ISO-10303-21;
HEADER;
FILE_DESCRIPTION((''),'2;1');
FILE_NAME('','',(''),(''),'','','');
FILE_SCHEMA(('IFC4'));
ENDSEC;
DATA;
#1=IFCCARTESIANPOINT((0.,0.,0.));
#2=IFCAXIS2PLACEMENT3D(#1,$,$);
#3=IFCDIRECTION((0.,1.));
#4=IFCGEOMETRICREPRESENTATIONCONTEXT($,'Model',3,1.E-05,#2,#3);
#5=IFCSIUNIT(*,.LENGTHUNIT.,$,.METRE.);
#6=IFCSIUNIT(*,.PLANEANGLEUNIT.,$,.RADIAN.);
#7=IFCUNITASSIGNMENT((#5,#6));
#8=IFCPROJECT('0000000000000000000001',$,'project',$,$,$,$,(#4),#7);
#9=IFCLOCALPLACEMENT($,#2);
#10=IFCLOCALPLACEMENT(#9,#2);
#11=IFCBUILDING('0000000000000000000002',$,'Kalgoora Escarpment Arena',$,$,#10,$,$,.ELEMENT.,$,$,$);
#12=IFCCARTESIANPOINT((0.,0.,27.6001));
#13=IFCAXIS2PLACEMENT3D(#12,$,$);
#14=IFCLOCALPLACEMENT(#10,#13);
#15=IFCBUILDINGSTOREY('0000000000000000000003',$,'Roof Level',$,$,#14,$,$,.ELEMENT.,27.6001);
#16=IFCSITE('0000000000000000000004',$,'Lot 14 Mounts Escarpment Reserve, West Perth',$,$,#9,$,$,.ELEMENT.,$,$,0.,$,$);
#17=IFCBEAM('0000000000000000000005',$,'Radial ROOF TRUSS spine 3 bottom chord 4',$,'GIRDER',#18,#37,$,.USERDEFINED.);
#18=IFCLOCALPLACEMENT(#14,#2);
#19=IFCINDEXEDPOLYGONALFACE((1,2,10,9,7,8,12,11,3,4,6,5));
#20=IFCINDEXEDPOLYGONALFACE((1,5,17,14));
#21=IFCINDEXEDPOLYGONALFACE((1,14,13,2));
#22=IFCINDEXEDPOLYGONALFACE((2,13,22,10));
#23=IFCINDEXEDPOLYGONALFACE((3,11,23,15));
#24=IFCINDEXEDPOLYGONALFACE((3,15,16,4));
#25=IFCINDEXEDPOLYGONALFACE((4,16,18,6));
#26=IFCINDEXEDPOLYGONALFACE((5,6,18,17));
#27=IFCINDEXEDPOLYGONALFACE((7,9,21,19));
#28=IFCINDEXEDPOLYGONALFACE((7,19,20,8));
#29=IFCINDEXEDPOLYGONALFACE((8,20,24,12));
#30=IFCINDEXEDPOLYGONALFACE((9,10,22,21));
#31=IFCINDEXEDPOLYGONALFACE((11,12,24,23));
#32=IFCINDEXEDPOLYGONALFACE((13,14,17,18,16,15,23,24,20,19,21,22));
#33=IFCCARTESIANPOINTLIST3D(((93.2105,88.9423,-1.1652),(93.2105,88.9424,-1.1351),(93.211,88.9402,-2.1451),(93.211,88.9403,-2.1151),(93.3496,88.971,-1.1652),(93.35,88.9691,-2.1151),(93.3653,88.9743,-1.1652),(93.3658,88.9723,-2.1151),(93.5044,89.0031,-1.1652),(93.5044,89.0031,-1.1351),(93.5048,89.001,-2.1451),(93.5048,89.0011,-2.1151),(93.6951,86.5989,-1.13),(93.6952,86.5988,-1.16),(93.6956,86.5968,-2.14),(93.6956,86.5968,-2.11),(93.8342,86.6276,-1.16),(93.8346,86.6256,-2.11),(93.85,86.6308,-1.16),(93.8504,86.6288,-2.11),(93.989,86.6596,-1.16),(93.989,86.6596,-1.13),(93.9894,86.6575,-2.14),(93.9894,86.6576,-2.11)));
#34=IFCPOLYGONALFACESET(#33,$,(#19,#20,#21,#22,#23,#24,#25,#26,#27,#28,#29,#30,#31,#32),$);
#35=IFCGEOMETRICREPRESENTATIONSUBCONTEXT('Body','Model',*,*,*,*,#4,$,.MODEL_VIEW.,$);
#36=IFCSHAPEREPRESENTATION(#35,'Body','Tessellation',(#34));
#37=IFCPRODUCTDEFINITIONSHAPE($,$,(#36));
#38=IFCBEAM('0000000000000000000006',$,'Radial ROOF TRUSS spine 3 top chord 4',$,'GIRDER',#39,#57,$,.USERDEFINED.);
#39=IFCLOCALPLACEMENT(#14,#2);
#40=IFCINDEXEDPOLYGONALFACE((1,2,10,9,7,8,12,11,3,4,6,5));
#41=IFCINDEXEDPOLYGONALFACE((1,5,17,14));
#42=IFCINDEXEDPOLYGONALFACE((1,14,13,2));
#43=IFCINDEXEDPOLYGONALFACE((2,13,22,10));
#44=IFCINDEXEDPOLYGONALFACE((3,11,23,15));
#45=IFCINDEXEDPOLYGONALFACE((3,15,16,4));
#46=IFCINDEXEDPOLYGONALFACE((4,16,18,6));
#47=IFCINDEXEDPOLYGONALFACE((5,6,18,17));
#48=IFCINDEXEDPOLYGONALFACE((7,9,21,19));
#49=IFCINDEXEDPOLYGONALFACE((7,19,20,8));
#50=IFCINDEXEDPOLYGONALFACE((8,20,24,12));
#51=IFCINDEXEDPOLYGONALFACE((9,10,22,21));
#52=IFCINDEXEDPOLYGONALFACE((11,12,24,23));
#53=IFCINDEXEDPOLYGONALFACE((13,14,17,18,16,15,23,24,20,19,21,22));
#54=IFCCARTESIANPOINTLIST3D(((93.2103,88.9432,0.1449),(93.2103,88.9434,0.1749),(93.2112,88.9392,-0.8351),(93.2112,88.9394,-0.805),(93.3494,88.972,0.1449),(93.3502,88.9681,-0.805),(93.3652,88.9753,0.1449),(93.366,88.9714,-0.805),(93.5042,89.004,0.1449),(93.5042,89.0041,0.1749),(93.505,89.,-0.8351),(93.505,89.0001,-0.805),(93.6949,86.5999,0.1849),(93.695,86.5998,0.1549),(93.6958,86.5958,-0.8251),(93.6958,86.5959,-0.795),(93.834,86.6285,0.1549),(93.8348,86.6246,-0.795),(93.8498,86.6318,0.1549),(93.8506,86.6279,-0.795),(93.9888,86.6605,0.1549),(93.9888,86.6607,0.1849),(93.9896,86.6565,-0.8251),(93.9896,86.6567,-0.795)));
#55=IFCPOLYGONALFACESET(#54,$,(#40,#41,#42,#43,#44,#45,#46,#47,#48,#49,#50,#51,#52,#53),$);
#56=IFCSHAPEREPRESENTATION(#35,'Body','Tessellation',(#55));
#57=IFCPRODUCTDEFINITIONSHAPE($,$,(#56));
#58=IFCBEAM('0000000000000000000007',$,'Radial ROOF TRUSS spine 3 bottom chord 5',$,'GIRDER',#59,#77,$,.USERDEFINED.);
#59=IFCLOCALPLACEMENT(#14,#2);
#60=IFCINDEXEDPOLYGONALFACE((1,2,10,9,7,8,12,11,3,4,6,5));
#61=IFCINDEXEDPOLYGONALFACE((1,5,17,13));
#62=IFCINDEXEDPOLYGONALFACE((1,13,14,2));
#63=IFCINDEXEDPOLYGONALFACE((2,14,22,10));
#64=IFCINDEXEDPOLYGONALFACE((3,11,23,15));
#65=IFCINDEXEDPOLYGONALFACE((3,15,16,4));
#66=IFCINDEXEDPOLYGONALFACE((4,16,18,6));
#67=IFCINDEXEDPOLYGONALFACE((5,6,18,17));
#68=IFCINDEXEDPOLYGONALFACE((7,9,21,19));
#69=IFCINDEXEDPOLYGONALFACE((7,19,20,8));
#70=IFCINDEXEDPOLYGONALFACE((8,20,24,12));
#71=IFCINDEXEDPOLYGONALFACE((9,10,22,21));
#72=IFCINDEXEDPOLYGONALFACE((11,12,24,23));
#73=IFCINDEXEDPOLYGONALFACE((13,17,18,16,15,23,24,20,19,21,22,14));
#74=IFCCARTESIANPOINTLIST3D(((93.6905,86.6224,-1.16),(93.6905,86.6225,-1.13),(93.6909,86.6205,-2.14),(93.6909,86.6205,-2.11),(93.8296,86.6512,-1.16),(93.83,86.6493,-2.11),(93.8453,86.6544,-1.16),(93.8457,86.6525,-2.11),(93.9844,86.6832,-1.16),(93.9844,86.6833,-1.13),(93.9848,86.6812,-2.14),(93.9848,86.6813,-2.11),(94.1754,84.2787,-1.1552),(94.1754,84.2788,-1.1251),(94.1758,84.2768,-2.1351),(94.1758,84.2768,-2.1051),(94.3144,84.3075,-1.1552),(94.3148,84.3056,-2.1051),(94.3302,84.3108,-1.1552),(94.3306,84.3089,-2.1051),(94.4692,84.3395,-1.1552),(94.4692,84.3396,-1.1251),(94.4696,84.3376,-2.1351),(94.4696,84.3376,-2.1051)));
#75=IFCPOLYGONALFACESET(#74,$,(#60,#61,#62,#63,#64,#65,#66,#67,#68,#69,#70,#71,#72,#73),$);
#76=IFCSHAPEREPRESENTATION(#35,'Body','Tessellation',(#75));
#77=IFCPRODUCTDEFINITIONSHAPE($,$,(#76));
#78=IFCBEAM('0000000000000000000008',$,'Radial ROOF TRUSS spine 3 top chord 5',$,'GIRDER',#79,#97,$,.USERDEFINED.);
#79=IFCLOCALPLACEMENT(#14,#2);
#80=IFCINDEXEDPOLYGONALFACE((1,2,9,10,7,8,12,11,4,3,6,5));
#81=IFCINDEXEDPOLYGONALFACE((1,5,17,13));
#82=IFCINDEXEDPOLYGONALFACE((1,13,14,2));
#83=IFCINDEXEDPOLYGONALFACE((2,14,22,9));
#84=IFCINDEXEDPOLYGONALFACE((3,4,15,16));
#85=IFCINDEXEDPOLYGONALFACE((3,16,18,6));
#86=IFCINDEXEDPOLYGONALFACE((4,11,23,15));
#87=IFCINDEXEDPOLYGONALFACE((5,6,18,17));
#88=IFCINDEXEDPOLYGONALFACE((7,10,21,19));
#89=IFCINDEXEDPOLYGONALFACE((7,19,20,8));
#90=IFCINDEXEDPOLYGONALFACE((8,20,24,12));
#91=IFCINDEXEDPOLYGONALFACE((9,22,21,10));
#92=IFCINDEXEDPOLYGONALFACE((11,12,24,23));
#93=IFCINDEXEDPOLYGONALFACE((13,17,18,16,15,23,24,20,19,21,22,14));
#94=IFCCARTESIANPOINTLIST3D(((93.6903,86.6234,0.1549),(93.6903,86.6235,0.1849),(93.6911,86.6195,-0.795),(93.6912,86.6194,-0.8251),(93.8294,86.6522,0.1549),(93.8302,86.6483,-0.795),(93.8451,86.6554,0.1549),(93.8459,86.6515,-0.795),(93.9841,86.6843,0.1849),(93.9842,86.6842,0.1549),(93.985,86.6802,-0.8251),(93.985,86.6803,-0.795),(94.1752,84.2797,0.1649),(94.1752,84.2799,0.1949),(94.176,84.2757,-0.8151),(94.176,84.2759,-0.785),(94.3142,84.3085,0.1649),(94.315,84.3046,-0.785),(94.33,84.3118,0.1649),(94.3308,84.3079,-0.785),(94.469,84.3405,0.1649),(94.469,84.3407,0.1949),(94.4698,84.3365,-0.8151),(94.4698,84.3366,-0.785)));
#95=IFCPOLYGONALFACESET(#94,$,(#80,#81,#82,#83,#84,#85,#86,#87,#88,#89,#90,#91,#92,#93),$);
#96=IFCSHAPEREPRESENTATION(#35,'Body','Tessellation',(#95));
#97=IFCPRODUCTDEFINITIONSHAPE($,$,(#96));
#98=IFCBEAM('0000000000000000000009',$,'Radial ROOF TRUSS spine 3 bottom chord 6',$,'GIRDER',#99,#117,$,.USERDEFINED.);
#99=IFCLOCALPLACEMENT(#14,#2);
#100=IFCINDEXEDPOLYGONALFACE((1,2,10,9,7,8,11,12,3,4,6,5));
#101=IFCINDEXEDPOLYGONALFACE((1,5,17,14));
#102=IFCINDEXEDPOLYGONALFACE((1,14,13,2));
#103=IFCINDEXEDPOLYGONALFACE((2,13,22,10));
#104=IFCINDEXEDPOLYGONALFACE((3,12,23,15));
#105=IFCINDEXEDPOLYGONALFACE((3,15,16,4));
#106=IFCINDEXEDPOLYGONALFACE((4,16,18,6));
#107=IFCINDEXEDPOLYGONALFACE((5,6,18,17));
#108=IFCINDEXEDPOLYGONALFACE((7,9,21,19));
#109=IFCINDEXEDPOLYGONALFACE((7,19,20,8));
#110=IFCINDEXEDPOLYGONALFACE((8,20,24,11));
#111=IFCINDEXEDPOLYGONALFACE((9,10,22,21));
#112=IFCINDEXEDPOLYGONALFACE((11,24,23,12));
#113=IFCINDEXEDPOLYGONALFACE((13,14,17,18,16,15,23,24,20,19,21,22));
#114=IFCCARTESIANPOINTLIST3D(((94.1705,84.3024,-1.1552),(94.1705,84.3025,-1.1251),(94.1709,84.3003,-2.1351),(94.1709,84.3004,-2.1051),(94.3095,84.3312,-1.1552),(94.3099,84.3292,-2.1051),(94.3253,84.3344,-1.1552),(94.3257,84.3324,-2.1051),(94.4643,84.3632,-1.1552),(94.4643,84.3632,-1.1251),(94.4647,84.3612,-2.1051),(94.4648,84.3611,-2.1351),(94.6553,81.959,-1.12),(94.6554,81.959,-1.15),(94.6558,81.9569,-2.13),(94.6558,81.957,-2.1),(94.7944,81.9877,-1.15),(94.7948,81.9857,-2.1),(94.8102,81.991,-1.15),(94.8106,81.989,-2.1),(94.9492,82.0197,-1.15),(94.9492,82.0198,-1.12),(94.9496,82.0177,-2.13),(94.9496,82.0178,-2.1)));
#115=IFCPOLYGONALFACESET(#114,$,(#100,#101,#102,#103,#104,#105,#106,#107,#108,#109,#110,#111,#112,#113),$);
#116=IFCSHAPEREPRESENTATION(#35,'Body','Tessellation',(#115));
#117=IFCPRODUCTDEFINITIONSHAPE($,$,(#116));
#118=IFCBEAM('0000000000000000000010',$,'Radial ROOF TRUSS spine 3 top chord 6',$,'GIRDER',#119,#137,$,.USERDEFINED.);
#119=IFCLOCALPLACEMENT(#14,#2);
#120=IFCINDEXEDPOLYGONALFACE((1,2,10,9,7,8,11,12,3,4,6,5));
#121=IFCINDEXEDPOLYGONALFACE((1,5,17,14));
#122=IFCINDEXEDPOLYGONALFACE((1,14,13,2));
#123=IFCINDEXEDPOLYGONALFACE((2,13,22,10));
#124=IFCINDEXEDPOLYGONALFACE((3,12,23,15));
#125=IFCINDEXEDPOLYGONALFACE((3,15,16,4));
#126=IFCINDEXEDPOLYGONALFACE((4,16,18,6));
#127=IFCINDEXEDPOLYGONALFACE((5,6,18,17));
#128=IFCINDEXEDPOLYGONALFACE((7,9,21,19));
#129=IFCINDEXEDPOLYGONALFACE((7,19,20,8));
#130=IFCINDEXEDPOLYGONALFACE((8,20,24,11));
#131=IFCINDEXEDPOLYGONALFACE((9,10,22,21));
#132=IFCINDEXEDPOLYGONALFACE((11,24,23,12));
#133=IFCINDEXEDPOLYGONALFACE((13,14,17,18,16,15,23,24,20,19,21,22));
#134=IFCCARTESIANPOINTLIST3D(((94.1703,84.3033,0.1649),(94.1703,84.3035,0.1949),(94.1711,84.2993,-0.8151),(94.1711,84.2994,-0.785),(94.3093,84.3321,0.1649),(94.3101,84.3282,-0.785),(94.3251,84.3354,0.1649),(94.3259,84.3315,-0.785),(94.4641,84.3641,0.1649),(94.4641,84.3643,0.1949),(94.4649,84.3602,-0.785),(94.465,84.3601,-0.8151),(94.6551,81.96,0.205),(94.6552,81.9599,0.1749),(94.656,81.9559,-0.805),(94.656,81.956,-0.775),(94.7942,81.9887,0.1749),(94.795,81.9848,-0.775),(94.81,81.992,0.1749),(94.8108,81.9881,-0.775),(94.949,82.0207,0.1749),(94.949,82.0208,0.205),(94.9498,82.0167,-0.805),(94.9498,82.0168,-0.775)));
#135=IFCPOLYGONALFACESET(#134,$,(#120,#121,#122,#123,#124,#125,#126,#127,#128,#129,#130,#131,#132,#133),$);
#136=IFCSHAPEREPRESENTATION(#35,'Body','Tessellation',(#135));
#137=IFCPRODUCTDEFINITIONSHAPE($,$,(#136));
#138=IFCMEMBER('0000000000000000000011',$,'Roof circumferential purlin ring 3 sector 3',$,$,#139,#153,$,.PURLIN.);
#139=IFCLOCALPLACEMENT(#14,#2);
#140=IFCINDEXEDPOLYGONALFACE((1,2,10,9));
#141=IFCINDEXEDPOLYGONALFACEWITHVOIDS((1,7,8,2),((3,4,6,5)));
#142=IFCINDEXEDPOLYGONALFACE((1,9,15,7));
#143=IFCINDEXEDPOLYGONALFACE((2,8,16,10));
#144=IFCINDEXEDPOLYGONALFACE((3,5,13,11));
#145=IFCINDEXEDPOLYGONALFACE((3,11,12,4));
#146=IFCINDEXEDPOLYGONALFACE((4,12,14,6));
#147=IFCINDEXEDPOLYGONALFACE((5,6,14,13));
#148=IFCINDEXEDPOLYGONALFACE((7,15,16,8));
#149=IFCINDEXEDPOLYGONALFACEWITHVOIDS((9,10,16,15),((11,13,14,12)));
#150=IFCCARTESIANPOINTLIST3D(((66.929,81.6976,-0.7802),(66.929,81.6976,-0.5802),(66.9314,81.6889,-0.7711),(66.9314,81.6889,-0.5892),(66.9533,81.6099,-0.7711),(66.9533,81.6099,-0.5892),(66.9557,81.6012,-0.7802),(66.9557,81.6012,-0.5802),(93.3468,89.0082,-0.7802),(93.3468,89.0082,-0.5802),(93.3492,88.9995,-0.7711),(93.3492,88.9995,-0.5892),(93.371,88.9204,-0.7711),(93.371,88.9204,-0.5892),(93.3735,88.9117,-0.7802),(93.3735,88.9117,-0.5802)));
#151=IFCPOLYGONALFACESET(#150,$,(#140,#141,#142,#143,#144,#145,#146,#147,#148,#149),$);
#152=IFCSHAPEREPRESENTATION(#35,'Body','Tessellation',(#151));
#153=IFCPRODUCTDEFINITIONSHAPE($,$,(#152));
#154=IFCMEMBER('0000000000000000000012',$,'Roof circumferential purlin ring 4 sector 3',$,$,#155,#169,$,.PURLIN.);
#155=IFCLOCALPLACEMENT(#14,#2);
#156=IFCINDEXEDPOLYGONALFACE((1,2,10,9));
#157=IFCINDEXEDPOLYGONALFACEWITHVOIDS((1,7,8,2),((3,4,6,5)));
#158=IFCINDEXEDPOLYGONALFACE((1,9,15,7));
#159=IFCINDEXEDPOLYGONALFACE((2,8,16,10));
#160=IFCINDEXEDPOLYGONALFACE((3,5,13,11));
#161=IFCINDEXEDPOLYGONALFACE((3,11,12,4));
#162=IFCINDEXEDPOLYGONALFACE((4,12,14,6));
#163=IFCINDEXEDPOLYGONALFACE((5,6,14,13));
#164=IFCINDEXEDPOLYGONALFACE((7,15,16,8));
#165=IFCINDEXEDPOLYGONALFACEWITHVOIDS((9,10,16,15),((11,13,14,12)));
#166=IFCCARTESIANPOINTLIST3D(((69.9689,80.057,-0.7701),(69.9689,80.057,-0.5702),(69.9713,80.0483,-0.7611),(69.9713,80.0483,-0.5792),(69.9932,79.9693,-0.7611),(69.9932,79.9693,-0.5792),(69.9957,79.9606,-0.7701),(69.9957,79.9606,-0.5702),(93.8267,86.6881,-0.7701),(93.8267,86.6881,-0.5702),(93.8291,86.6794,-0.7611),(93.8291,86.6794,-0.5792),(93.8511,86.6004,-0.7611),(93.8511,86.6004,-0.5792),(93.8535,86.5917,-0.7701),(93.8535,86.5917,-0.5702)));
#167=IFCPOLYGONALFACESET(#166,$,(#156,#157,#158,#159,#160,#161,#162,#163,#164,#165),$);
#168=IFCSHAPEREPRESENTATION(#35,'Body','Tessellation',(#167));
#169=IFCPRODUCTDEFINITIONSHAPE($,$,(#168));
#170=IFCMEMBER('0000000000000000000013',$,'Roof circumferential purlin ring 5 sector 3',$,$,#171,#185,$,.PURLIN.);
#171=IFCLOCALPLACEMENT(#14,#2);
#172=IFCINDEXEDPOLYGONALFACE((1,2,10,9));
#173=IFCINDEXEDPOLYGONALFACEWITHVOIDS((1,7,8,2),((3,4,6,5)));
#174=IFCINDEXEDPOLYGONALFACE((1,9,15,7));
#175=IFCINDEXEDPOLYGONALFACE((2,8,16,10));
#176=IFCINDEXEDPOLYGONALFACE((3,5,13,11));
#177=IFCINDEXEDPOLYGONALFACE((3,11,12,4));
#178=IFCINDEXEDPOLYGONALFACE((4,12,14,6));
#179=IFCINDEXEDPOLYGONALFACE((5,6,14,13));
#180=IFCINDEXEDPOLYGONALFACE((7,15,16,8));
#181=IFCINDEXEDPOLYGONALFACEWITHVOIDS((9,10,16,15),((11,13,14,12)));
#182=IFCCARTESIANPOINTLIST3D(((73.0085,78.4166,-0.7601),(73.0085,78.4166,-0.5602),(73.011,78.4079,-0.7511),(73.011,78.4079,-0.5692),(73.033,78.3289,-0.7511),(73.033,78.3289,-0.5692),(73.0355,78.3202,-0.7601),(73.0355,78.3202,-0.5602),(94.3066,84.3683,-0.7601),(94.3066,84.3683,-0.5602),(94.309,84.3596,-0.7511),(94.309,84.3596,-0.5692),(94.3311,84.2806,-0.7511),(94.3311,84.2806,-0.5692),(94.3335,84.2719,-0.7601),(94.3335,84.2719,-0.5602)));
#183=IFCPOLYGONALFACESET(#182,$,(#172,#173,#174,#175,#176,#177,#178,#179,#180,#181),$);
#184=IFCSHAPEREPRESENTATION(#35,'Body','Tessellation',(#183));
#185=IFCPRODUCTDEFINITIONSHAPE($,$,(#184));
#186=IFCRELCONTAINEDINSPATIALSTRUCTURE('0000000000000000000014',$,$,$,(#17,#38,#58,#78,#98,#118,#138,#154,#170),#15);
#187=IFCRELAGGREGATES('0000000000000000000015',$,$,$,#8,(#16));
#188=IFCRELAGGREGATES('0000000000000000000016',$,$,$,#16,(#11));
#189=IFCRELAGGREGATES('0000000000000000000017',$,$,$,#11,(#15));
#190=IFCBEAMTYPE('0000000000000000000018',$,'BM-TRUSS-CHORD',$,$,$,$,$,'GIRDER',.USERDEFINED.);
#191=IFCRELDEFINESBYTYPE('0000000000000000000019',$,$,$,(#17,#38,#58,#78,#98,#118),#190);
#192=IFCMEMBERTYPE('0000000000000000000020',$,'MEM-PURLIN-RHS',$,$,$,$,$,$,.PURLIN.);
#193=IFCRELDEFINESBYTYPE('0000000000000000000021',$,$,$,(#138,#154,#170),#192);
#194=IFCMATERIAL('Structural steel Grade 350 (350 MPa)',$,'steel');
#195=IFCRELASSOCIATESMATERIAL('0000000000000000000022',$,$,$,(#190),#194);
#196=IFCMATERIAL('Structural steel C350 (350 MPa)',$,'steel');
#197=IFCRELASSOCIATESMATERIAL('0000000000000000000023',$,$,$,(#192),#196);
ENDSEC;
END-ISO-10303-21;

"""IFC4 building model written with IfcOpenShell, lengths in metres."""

from ifc_helpers import new_model, si_unit, direction, frame, origin, origin_2d, place, context, subcontext, project, spatial, hollow_rectangle, i_section, extrude, material, material_profile, profile_set, type_object, element, save


model = new_model("IFC4")

# Units and contexts
model_context = context("Model", 3, precision=1e-05, world=origin(), true_north=direction((0.0, 1.0)))
body_context = subcontext(model_context, "Body", "Model", "MODEL_VIEW")
ifc_project = project(units=[si_unit("LENGTHUNIT", "METRE"), si_unit("PLANEANGLEUNIT", "RADIAN")], contexts=[model_context])

# Site, building, storey
site_placement = place(None, origin())
site = spatial("IfcSite", under=ifc_project, at=site_placement, Name="Lot 14 Mounts Escarpment Reserve, West Perth", CompositionType="ELEMENT", RefElevation=0.0)
building_placement = place(site_placement, origin())
building = spatial("IfcBuilding", under=site, at=building_placement, Name="Kalgoora Escarpment Arena", CompositionType="ELEMENT")
storey_placement = place(building_placement, frame((0.0, 0.0, 27.6001)))
storey = spatial("IfcBuildingStorey", under=building, at=storey_placement, Name="Roof Level", CompositionType="ELEMENT", Elevation=27.6001)

# Beams
ifc_material_1 = material(Name="Structural steel Grade 350 (350 MPa)", Category="steel")
ifc_material_profile_1 = material_profile(ifc_material_1, i_section(OverallWidth=0.3, OverallDepth=1.01, WebThickness=0.0161, FlangeThickness=0.03, at=origin_2d()))
ifc_profile_set_1 = profile_set([ifc_material_profile_1], Name="Structural steel Grade 350 (350 MPa)")
beam_type = type_object("IfcBeamType", Name="BM-TRUSS-CHORD", ElementType="GIRDER", PredefinedType="USERDEFINED", material=ifc_profile_set_1)
for number, where, z_axis, x_axis, name in (
    (1, (93.3577, 88.9717, -1.6401), (0.202507, -0.979278, 0.002142), (0.979281, 0.202508, 0.0), "Radial ROOF TRUSS spine 3 bottom chord 4"),
    (2, (93.3577, 88.9717, -0.3301), (0.202506, -0.979272, 0.004183), (0.979281, 0.202508, 0.0), "Radial ROOF TRUSS spine 3 top chord 4"),
):
    element("IfcBeam", number, at=place(storey_placement, frame(where, z_axis=z_axis, x_axis=x_axis)), inside=storey, type_object=beam_type, Name=name, ObjectType="GIRDER", PredefinedType="USERDEFINED", context=body_context, shape_type="SweptSolid", body=[
        extrude(i_section(OverallWidth=0.3, OverallDepth=1.01, WebThickness=0.0161, FlangeThickness=0.03, at=origin_2d()), origin(), (0.0, 0.0, 1.0), 2.3931),
    ])
for number, where, z_axis, x_axis, name in (
    (3, (93.8376, 86.6519, -1.635), (0.202585, -0.979263, 0.00204), (0.979265, 0.202585, 0.0), "Radial ROOF TRUSS spine 3 bottom chord 5"),
    (4, (93.8376, 86.6519, -0.3201), (0.202584, -0.979256, 0.004182), (0.979265, 0.202585, 0.0), "Radial ROOF TRUSS spine 3 top chord 5"),
):
    element("IfcBeam", number, at=place(storey_placement, frame(where, z_axis=z_axis, x_axis=x_axis)), inside=storey, type_object=beam_type, Name=name, ObjectType="GIRDER", PredefinedType="USERDEFINED", context=body_context, shape_type="SweptSolid", body=[
        extrude(i_section(OverallWidth=0.3, OverallDepth=1.01, WebThickness=0.0161, FlangeThickness=0.03, at=origin_2d()), origin(), (0.0, 0.0, 1.0), 2.3933),
    ])
for number, where, z_axis, x_axis, name in (
    (5, (94.3176, 84.3318, -1.6301), (0.202605, -0.979258, 0.002142), (0.97926, 0.202606, 0.0), "Radial ROOF TRUSS spine 3 bottom chord 6"),
    (6, (94.3176, 84.3318, -0.3101), (0.202604, -0.979252, 0.004183), (0.97926, 0.202606, 0.0), "Radial ROOF TRUSS spine 3 top chord 6"),
):
    element("IfcBeam", number, at=place(storey_placement, frame(where, z_axis=z_axis, x_axis=x_axis)), inside=storey, type_object=beam_type, Name=name, ObjectType="GIRDER", PredefinedType="USERDEFINED", context=body_context, shape_type="SweptSolid", body=[
        extrude(i_section(OverallWidth=0.3, OverallDepth=1.01, WebThickness=0.0161, FlangeThickness=0.03, at=origin_2d()), origin(), (0.0, 0.0, 1.0), 2.3931),
    ])

# Members
ifc_material_2 = material(Name="Structural steel C350 (350 MPa)", Category="steel")
ifc_material_profile_2 = material_profile(ifc_material_2, hollow_rectangle(XDim=0.1001, YDim=0.2, WallThickness=0.009, at=origin_2d()))
ifc_profile_set_2 = profile_set([ifc_material_profile_2], Name="Structural steel C350 (350 MPa)")
member_type_1 = type_object("IfcMemberType", Name="MEM-PURLIN-RHS", PredefinedType="PURLIN", material=ifc_profile_set_2)
member_1_placement = place(storey_placement, frame((93.3601, 88.96, -0.6802), z_axis=(-0.963778, -0.266705, 0.0), x_axis=(0.266705, -0.963778, 0.0)))
element("IfcMember", 7, at=member_1_placement, inside=storey, type_object=member_type_1, Name="Roof circumferential purlin ring 3 sector 3", PredefinedType="PURLIN", context=body_context, shape_type="SweptSolid", body=[
    extrude(hollow_rectangle(XDim=0.1001, YDim=0.2, WallThickness=0.009, at=origin_2d()), origin(), (0.0, 0.0, 1.0), 27.4106),
])
member_2_placement = place(storey_placement, frame((93.8401, 86.6399, -0.6702), z_axis=(-0.963477, -0.26779, 0.0), x_axis=(0.26779, -0.963477, 0.0)))
element("IfcMember", 8, at=member_2_placement, inside=storey, type_object=member_type_1, Name="Roof circumferential purlin ring 4 sector 3", PredefinedType="PURLIN", context=body_context, shape_type="SweptSolid", body=[
    extrude(hollow_rectangle(XDim=0.1001, YDim=0.2, WallThickness=0.009, at=origin_2d()), origin(), (0.0, 0.0, 1.0), 24.7622),
])
member_3_placement = place(storey_placement, frame((94.3201, 84.3201, -0.6602), z_axis=(-0.963103, -0.269135, 0.0), x_axis=(0.269135, -0.963103, 0.0)))
element("IfcMember", 9, at=member_3_placement, inside=storey, type_object=member_type_1, Name="Roof circumferential purlin ring 5 sector 3", PredefinedType="PURLIN", context=body_context, shape_type="SweptSolid", body=[
    extrude(hollow_rectangle(XDim=0.1001, YDim=0.2, WallThickness=0.009, at=origin_2d()), origin(), (0.0, 0.0, 1.0), 22.114),
])

save(model, "model.ifc")
